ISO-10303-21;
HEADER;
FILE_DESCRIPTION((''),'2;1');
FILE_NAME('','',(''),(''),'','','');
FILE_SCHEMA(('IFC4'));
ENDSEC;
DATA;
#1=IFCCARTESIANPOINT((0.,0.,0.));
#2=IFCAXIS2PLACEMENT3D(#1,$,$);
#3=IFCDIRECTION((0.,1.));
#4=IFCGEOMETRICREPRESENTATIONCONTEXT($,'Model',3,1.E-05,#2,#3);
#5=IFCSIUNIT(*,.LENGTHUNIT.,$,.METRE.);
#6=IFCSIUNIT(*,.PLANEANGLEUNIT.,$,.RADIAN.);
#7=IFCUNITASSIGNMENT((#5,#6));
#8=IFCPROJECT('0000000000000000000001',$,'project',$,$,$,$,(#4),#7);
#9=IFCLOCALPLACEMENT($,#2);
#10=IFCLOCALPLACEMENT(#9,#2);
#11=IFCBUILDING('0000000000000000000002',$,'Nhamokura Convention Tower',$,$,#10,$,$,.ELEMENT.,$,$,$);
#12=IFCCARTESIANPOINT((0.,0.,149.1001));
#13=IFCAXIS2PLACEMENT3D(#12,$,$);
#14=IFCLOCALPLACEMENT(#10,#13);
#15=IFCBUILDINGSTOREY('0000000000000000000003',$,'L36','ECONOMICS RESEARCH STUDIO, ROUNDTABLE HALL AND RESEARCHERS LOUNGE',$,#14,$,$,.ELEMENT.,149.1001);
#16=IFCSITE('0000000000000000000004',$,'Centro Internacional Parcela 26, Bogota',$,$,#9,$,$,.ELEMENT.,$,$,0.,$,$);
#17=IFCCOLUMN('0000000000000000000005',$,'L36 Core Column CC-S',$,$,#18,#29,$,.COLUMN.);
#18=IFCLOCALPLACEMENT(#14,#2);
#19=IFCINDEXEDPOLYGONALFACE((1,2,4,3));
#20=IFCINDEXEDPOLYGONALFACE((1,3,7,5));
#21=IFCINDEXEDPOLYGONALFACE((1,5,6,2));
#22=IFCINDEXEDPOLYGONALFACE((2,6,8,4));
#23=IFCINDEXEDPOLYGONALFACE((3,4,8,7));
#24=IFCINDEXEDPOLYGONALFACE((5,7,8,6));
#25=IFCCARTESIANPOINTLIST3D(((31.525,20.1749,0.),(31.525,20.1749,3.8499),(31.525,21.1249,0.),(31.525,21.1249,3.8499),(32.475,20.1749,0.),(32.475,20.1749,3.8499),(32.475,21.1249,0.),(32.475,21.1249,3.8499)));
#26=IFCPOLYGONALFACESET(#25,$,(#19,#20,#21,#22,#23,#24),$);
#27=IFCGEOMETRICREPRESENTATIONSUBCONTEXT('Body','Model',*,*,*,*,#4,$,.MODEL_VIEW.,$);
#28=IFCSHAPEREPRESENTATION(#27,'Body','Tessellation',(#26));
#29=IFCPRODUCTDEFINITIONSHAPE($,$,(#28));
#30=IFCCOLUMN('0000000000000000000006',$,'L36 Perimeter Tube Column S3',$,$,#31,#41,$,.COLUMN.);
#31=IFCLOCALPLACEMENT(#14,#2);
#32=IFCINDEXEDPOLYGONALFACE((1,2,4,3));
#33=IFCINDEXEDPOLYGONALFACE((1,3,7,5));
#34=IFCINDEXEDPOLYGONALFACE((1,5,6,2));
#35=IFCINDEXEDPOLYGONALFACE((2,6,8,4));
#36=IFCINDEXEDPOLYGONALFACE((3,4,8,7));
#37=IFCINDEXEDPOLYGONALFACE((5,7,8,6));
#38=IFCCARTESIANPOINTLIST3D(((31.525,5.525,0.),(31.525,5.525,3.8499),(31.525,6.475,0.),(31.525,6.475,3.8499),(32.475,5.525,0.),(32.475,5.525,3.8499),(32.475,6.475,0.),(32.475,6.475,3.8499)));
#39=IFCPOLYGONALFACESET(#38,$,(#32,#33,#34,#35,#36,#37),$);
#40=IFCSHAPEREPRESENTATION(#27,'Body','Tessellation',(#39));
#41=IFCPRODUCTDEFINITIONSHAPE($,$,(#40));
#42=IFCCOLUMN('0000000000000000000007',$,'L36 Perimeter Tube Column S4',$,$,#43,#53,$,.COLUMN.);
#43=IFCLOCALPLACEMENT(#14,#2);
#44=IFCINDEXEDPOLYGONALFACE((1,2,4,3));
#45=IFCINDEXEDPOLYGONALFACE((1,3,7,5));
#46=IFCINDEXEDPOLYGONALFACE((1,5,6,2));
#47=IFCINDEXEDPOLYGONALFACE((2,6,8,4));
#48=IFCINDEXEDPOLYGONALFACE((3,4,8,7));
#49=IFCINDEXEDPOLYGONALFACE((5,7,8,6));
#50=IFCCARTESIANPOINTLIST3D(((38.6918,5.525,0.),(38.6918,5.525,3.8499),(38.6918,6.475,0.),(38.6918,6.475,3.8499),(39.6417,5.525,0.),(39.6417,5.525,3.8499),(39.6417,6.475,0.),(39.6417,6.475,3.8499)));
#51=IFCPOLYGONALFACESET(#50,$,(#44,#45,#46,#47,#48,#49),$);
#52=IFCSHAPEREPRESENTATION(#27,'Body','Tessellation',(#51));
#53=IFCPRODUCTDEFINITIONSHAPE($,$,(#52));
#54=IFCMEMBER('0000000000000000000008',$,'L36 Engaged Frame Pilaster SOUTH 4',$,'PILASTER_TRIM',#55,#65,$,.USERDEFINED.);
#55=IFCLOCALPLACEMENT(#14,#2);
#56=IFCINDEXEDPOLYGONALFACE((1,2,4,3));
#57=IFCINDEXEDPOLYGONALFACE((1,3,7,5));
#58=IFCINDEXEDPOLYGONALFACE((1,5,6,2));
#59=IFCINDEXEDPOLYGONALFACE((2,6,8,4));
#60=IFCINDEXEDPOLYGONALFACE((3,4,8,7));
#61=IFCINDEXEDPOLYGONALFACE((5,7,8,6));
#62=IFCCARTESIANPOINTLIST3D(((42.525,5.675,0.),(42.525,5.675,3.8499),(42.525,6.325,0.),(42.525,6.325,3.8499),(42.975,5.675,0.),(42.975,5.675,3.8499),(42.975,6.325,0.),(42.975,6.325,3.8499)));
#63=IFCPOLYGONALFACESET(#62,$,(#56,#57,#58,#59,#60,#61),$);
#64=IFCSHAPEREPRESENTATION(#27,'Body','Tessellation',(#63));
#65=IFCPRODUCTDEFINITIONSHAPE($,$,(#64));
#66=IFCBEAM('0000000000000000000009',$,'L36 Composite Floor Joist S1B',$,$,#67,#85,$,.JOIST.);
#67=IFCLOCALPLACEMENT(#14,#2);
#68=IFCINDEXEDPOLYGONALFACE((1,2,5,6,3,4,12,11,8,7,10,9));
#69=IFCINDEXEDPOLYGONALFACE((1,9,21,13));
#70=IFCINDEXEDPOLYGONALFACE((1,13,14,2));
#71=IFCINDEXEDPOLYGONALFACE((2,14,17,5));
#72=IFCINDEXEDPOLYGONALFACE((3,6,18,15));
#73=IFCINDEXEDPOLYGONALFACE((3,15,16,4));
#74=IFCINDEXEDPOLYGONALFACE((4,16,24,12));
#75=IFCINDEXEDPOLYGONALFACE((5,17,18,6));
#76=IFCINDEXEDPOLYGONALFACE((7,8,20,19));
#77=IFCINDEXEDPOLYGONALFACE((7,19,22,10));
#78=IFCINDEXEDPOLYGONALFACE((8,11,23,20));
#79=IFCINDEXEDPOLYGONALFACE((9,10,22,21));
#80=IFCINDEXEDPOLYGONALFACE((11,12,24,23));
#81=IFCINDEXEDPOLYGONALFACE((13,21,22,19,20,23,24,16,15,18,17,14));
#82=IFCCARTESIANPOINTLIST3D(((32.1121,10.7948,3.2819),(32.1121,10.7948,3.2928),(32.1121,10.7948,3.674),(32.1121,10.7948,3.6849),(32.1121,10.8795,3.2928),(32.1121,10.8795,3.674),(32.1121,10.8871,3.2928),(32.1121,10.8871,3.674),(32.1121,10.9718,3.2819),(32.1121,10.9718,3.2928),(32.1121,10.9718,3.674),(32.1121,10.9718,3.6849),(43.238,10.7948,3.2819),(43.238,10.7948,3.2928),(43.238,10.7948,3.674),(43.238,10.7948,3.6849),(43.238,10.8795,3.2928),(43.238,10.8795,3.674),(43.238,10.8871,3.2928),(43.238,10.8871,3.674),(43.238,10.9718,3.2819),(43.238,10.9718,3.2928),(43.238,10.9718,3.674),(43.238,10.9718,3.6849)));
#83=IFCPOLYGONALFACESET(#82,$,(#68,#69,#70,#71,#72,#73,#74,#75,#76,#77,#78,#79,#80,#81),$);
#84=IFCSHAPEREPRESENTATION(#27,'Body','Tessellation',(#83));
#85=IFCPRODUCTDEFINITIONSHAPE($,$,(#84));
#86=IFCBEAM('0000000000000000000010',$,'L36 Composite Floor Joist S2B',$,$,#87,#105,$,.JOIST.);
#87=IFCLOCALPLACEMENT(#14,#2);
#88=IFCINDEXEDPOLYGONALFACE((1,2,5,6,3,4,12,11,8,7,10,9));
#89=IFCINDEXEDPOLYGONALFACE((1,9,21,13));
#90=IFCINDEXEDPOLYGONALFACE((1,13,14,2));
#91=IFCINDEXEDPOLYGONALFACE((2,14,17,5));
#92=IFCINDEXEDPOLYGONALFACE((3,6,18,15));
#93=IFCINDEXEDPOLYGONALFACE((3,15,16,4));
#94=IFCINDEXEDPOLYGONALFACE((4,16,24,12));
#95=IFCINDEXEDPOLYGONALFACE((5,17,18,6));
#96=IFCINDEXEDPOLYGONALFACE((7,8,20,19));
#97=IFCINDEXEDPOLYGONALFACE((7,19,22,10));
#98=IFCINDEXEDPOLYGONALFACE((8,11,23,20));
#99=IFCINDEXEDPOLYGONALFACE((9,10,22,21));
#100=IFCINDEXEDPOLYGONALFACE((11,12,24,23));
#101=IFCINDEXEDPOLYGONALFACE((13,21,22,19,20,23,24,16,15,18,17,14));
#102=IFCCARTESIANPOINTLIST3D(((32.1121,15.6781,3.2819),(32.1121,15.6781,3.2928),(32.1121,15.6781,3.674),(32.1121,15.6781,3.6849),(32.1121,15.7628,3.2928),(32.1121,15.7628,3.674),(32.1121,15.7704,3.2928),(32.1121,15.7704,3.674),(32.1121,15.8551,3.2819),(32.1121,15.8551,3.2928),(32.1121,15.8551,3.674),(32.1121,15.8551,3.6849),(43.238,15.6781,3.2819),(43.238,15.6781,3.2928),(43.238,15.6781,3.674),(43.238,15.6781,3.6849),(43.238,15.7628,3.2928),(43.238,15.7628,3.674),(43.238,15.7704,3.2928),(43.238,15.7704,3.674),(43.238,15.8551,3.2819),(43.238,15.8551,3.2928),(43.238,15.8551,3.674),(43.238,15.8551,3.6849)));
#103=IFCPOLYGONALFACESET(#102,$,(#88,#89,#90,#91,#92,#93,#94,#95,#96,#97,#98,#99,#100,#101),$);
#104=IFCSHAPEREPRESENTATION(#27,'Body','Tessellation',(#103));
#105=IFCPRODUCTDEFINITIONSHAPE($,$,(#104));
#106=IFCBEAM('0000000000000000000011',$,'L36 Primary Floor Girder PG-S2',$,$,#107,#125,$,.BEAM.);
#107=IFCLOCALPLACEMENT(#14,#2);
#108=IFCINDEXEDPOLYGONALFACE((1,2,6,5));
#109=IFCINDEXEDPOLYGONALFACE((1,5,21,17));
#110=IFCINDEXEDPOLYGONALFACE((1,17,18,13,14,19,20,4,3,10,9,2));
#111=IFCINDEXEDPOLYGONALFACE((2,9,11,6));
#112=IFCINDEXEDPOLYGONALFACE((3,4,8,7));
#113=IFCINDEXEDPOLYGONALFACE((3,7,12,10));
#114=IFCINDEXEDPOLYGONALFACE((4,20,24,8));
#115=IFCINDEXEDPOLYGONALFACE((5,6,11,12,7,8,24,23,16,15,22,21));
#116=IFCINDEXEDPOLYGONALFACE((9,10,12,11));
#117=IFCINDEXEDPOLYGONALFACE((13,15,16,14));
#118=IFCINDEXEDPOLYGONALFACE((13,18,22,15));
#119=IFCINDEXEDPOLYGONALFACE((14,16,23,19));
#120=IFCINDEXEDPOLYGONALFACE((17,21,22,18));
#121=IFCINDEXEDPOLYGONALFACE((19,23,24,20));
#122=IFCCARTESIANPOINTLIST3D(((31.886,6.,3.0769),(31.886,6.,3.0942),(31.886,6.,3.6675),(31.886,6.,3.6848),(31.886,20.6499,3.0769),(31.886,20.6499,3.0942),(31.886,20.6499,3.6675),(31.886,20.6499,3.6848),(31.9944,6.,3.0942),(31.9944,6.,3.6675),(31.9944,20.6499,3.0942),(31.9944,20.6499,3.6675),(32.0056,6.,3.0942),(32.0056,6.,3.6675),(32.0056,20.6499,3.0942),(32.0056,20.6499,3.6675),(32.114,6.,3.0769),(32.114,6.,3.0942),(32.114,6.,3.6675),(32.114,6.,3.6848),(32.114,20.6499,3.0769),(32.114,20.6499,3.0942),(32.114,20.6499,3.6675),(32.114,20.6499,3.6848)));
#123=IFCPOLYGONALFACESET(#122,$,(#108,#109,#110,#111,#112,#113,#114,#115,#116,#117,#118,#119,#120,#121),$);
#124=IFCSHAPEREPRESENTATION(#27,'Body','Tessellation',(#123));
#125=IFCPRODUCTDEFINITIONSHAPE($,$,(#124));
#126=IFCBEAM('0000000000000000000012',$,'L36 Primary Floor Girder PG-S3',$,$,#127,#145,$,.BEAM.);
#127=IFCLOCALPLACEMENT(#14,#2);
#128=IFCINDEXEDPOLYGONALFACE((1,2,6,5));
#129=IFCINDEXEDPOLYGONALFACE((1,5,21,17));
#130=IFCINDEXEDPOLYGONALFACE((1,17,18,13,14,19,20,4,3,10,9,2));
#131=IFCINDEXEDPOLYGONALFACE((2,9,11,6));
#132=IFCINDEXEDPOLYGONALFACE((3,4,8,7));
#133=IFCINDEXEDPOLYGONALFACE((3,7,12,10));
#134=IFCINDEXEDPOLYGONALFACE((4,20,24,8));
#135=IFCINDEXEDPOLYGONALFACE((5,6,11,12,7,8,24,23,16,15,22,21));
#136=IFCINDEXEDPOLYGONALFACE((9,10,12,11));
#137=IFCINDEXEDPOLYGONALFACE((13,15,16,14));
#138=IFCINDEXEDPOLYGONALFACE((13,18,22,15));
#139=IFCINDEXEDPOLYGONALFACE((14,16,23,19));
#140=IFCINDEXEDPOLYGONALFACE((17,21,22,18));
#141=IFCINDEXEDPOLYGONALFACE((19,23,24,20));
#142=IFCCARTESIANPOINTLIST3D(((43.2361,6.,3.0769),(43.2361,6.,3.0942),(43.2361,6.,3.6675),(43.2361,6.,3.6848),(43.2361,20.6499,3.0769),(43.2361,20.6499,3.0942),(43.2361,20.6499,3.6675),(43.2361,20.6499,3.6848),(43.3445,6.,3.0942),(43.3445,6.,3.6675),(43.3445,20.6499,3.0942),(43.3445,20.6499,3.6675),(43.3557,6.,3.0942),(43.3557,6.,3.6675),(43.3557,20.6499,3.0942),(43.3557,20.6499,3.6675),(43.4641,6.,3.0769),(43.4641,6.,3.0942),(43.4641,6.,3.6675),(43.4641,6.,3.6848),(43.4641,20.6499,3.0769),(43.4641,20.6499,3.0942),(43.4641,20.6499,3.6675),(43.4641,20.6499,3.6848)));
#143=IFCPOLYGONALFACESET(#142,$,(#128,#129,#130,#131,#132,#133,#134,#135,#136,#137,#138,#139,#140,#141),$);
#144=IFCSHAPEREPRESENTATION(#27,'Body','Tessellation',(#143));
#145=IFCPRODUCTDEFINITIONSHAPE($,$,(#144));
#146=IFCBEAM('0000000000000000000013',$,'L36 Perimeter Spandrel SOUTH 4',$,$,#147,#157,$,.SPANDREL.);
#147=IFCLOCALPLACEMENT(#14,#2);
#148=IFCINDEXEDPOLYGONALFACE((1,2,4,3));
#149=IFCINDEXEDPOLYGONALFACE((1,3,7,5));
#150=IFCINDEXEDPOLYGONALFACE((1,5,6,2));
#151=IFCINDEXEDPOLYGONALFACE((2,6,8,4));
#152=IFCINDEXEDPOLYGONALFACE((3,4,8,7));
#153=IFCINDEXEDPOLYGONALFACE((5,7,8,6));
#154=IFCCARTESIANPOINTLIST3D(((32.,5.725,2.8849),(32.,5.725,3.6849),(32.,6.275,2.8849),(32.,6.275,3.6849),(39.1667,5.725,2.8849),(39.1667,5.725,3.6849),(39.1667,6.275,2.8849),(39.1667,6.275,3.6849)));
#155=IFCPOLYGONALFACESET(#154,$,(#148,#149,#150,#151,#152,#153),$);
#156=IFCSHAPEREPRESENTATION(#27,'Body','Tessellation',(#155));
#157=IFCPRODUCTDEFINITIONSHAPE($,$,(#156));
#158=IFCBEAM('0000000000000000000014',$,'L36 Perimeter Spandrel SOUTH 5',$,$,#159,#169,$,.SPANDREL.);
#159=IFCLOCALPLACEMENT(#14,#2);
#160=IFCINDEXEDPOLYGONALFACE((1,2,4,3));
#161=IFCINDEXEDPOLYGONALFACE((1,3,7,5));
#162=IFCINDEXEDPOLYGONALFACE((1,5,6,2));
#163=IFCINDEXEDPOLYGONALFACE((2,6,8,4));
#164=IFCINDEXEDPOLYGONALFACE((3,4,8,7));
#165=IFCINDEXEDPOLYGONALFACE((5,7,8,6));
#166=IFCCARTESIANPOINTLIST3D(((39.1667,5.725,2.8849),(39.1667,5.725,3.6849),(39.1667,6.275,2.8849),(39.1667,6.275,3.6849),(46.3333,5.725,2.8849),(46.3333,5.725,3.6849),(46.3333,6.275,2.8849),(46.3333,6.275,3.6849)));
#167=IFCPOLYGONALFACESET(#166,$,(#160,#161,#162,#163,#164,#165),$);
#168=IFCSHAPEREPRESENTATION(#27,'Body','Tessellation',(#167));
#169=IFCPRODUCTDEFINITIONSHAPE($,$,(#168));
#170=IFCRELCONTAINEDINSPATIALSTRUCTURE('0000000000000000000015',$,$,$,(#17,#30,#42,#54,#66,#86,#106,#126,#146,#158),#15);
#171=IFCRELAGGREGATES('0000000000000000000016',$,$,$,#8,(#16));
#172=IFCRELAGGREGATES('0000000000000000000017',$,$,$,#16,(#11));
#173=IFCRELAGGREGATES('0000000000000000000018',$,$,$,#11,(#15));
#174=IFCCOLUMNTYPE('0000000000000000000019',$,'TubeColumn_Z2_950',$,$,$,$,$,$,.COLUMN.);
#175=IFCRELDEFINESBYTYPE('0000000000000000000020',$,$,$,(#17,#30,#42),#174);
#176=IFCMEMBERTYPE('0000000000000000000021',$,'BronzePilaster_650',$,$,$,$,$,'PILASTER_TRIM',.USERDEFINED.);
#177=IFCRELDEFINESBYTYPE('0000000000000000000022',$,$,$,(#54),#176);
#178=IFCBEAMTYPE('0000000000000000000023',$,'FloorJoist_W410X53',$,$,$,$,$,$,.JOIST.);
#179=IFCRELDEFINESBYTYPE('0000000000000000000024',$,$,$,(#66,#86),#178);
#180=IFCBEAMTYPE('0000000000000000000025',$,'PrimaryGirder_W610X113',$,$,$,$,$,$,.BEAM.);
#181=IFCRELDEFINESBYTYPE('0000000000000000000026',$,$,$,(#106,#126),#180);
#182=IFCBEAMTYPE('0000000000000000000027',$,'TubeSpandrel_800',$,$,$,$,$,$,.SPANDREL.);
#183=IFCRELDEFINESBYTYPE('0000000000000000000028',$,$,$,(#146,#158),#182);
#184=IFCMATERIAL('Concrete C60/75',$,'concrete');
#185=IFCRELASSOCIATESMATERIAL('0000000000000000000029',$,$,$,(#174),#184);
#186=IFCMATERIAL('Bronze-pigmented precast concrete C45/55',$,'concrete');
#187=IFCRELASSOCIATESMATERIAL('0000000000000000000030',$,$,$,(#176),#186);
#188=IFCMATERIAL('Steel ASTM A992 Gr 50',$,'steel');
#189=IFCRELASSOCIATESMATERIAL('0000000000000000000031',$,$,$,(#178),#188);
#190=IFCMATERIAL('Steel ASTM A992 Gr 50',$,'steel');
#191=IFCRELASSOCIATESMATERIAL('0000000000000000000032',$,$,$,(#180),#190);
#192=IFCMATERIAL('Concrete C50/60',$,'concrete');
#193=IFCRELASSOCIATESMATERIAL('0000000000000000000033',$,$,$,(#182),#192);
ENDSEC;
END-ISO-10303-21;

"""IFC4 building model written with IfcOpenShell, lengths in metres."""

from ifc_helpers import new_model, si_unit, direction, frame, origin, origin_2d, place, context, subcontext, project, spatial, rectangle, i_section, extrude, material, material_profile, profile_set, type_object, element, save


model = new_model("IFC4")

# Units and contexts
model_context = context("Model", 3, precision=1e-05, world=origin(), true_north=direction((0.0, 1.0)))
body_context = subcontext(model_context, "Body", "Model", "MODEL_VIEW")
ifc_project = project(units=[si_unit("LENGTHUNIT", "METRE"), si_unit("PLANEANGLEUNIT", "RADIAN")], contexts=[model_context])

# Site, building, storey
site_placement = place(None, origin())
site = spatial("IfcSite", under=ifc_project, at=site_placement, Name="Centro Internacional Parcela 26, Bogota", CompositionType="ELEMENT", RefElevation=0.0)
building_placement = place(site_placement, origin())
building = spatial("IfcBuilding", under=site, at=building_placement, Name="Nhamokura Convention Tower", CompositionType="ELEMENT")
storey_placement = place(building_placement, frame((0.0, 0.0, 149.1001)))
storey = spatial("IfcBuildingStorey", under=building, at=storey_placement, Name="L36", Description="ECONOMICS RESEARCH STUDIO, ROUNDTABLE HALL AND RESEARCHERS LOUNGE", CompositionType="ELEMENT", Elevation=149.1001)

# Columns
ifc_material_1 = material(Name="Concrete C60/75", Category="concrete")
ifc_material_profile_1 = material_profile(ifc_material_1, rectangle(XDim=0.95, YDim=0.95, at=origin_2d()))
ifc_profile_set_1 = profile_set([ifc_material_profile_1], Name="Concrete C60/75")
column_type = type_object("IfcColumnType", Name="TubeColumn_Z2_950", PredefinedType="COLUMN", material=ifc_profile_set_1)
for number, where, z_axis, x_axis, name in (
    (1, (32.0, 20.6499, 0.0), (0.0, 0.0, 1.0), (1.0, 0.0, 0.0), "L36 Core Column CC-S"),
    (2, (32.0, 6.0, 0.0), (0.0, 0.0, 1.0), (1.0, 0.0, 0.0), "L36 Perimeter Tube Column S3"),
    (3, (39.1667, 6.0, 0.0), (0.0, 0.0, 1.0), (1.0, 0.0, 0.0), "L36 Perimeter Tube Column S4"),
):
    element("IfcColumn", number, at=place(storey_placement, frame(where, z_axis=z_axis, x_axis=x_axis)), inside=storey, type_object=column_type, Name=name, PredefinedType="COLUMN", context=body_context, shape_type="SweptSolid", body=[
        extrude(rectangle(XDim=0.95, YDim=0.95, at=origin_2d()), origin(), (0.0, 0.0, 1.0), 3.8499),
    ])

# Member
ifc_material_2 = material(Name="Bronze-pigmented precast concrete C45/55", Category="concrete")
ifc_material_profile_2 = material_profile(ifc_material_2, rectangle(XDim=0.45, YDim=0.6499, at=origin_2d()))
ifc_profile_set_2 = profile_set([ifc_material_profile_2], Name="Bronze-pigmented precast concrete C45/55")
member_type = type_object("IfcMemberType", Name="BronzePilaster_650", ElementType="PILASTER_TRIM", PredefinedType="USERDEFINED", material=ifc_profile_set_2)
member_placement = place(storey_placement, frame((42.75, 6.0, 0.0), z_axis=(0.0, 0.0, 1.0), x_axis=(1.0, 0.0, 0.0)))
element("IfcMember", 4, at=member_placement, inside=storey, type_object=member_type, Name="L36 Engaged Frame Pilaster SOUTH 4", ObjectType="PILASTER_TRIM", PredefinedType="USERDEFINED", context=body_context, shape_type="SweptSolid", body=[
    extrude(rectangle(XDim=0.45, YDim=0.6499, at=origin_2d()), origin(), (0.0, 0.0, 1.0), 3.8499),
])

# Beams
ifc_material_3 = material(Name="Steel ASTM A992 Gr 50", Category="steel")
ifc_material_profile_3 = material_profile(ifc_material_3, i_section(OverallWidth=0.177, OverallDepth=0.4031, WebThickness=0.0076, FlangeThickness=0.011, at=origin_2d()))
ifc_profile_set_3 = profile_set([ifc_material_profile_3], Name="Steel ASTM A992 Gr 50")
beam_type_1 = type_object("IfcBeamType", Name="FloorJoist_W410X53", PredefinedType="JOIST", material=ifc_profile_set_3)
for number, where, z_axis, x_axis, name in (
    (5, (32.1121, 10.8833, 3.4834), (1.0, 0.0, 0.0), (0.0, 1.0, 0.0), "L36 Composite Floor Joist S1B"),
    (6, (32.1121, 15.7666, 3.4834), (1.0, 0.0, 0.0), (0.0, 1.0, 0.0), "L36 Composite Floor Joist S2B"),
):
    element("IfcBeam", number, at=place(storey_placement, frame(where, z_axis=z_axis, x_axis=x_axis)), inside=storey, type_object=beam_type_1, Name=name, PredefinedType="JOIST", context=body_context, shape_type="SweptSolid", body=[
        extrude(i_section(OverallWidth=0.177, OverallDepth=0.4031, WebThickness=0.0076, FlangeThickness=0.011, at=origin_2d()), origin(), (0.0, 0.0, 1.0), 11.126),
    ])
ifc_material_4 = material(Name="Steel ASTM A992 Gr 50", Category="steel")
ifc_material_profile_4 = material_profile(ifc_material_4, i_section(OverallWidth=0.228, OverallDepth=0.6079, WebThickness=0.0112, FlangeThickness=0.0173, at=origin_2d()))
ifc_profile_set_4 = profile_set([ifc_material_profile_4], Name="Steel ASTM A992 Gr 50")
beam_type_2 = type_object("IfcBeamType", Name="PrimaryGirder_W610X113", PredefinedType="BEAM", material=ifc_profile_set_4)
for number, where, z_axis, x_axis, name in (
    (7, (32.0, 6.0, 3.3809), (0.0, 1.0, 0.0), (-1.0, 0.0, 0.0), "L36 Primary Floor Girder PG-S2"),
    (8, (43.3501, 6.0, 3.3809), (0.0, 1.0, 0.0), (-1.0, 0.0, 0.0), "L36 Primary Floor Girder PG-S3"),
):
    element("IfcBeam", number, at=place(storey_placement, frame(where, z_axis=z_axis, x_axis=x_axis)), inside=storey, type_object=beam_type_2, Name=name, PredefinedType="BEAM", context=body_context, shape_type="SweptSolid", body=[
        extrude(i_section(OverallWidth=0.228, OverallDepth=0.6079, WebThickness=0.0112, FlangeThickness=0.0173, at=origin_2d()), origin(), (0.0, 0.0, 1.0), 14.6499),
    ])
ifc_material_5 = material(Name="Concrete C50/60", Category="concrete")
ifc_material_profile_5 = material_profile(ifc_material_5, rectangle(XDim=0.55, YDim=0.8, at=origin_2d()))
ifc_profile_set_5 = profile_set([ifc_material_profile_5], Name="Concrete C50/60")
beam_type_3 = type_object("IfcBeamType", Name="TubeSpandrel_800", PredefinedType="SPANDREL", material=ifc_profile_set_5)
beam_1_placement = place(storey_placement, frame((32.0, 6.0, 3.2849), z_axis=(1.0, 0.0, 0.0), x_axis=(0.0, 1.0, 0.0)))
element("IfcBeam", 9, at=beam_1_placement, inside=storey, type_object=beam_type_3, Name="L36 Perimeter Spandrel SOUTH 4", PredefinedType="SPANDREL", context=body_context, shape_type="SweptSolid", body=[
    extrude(rectangle(XDim=0.55, YDim=0.8, at=origin_2d()), origin(), (0.0, 0.0, 1.0), 7.1667),
])
beam_2_placement = place(storey_placement, frame((39.1667, 6.0, 3.2849), z_axis=(1.0, 0.0, 0.0), x_axis=(0.0, 1.0, 0.0)))
element("IfcBeam", 10, at=beam_2_placement, inside=storey, type_object=beam_type_3, Name="L36 Perimeter Spandrel SOUTH 5", PredefinedType="SPANDREL", context=body_context, shape_type="SweptSolid", body=[
    extrude(rectangle(XDim=0.55, YDim=0.8, at=origin_2d()), origin(), (0.0, 0.0, 1.0), 7.1665),
])

save(model, "model.ifc")
